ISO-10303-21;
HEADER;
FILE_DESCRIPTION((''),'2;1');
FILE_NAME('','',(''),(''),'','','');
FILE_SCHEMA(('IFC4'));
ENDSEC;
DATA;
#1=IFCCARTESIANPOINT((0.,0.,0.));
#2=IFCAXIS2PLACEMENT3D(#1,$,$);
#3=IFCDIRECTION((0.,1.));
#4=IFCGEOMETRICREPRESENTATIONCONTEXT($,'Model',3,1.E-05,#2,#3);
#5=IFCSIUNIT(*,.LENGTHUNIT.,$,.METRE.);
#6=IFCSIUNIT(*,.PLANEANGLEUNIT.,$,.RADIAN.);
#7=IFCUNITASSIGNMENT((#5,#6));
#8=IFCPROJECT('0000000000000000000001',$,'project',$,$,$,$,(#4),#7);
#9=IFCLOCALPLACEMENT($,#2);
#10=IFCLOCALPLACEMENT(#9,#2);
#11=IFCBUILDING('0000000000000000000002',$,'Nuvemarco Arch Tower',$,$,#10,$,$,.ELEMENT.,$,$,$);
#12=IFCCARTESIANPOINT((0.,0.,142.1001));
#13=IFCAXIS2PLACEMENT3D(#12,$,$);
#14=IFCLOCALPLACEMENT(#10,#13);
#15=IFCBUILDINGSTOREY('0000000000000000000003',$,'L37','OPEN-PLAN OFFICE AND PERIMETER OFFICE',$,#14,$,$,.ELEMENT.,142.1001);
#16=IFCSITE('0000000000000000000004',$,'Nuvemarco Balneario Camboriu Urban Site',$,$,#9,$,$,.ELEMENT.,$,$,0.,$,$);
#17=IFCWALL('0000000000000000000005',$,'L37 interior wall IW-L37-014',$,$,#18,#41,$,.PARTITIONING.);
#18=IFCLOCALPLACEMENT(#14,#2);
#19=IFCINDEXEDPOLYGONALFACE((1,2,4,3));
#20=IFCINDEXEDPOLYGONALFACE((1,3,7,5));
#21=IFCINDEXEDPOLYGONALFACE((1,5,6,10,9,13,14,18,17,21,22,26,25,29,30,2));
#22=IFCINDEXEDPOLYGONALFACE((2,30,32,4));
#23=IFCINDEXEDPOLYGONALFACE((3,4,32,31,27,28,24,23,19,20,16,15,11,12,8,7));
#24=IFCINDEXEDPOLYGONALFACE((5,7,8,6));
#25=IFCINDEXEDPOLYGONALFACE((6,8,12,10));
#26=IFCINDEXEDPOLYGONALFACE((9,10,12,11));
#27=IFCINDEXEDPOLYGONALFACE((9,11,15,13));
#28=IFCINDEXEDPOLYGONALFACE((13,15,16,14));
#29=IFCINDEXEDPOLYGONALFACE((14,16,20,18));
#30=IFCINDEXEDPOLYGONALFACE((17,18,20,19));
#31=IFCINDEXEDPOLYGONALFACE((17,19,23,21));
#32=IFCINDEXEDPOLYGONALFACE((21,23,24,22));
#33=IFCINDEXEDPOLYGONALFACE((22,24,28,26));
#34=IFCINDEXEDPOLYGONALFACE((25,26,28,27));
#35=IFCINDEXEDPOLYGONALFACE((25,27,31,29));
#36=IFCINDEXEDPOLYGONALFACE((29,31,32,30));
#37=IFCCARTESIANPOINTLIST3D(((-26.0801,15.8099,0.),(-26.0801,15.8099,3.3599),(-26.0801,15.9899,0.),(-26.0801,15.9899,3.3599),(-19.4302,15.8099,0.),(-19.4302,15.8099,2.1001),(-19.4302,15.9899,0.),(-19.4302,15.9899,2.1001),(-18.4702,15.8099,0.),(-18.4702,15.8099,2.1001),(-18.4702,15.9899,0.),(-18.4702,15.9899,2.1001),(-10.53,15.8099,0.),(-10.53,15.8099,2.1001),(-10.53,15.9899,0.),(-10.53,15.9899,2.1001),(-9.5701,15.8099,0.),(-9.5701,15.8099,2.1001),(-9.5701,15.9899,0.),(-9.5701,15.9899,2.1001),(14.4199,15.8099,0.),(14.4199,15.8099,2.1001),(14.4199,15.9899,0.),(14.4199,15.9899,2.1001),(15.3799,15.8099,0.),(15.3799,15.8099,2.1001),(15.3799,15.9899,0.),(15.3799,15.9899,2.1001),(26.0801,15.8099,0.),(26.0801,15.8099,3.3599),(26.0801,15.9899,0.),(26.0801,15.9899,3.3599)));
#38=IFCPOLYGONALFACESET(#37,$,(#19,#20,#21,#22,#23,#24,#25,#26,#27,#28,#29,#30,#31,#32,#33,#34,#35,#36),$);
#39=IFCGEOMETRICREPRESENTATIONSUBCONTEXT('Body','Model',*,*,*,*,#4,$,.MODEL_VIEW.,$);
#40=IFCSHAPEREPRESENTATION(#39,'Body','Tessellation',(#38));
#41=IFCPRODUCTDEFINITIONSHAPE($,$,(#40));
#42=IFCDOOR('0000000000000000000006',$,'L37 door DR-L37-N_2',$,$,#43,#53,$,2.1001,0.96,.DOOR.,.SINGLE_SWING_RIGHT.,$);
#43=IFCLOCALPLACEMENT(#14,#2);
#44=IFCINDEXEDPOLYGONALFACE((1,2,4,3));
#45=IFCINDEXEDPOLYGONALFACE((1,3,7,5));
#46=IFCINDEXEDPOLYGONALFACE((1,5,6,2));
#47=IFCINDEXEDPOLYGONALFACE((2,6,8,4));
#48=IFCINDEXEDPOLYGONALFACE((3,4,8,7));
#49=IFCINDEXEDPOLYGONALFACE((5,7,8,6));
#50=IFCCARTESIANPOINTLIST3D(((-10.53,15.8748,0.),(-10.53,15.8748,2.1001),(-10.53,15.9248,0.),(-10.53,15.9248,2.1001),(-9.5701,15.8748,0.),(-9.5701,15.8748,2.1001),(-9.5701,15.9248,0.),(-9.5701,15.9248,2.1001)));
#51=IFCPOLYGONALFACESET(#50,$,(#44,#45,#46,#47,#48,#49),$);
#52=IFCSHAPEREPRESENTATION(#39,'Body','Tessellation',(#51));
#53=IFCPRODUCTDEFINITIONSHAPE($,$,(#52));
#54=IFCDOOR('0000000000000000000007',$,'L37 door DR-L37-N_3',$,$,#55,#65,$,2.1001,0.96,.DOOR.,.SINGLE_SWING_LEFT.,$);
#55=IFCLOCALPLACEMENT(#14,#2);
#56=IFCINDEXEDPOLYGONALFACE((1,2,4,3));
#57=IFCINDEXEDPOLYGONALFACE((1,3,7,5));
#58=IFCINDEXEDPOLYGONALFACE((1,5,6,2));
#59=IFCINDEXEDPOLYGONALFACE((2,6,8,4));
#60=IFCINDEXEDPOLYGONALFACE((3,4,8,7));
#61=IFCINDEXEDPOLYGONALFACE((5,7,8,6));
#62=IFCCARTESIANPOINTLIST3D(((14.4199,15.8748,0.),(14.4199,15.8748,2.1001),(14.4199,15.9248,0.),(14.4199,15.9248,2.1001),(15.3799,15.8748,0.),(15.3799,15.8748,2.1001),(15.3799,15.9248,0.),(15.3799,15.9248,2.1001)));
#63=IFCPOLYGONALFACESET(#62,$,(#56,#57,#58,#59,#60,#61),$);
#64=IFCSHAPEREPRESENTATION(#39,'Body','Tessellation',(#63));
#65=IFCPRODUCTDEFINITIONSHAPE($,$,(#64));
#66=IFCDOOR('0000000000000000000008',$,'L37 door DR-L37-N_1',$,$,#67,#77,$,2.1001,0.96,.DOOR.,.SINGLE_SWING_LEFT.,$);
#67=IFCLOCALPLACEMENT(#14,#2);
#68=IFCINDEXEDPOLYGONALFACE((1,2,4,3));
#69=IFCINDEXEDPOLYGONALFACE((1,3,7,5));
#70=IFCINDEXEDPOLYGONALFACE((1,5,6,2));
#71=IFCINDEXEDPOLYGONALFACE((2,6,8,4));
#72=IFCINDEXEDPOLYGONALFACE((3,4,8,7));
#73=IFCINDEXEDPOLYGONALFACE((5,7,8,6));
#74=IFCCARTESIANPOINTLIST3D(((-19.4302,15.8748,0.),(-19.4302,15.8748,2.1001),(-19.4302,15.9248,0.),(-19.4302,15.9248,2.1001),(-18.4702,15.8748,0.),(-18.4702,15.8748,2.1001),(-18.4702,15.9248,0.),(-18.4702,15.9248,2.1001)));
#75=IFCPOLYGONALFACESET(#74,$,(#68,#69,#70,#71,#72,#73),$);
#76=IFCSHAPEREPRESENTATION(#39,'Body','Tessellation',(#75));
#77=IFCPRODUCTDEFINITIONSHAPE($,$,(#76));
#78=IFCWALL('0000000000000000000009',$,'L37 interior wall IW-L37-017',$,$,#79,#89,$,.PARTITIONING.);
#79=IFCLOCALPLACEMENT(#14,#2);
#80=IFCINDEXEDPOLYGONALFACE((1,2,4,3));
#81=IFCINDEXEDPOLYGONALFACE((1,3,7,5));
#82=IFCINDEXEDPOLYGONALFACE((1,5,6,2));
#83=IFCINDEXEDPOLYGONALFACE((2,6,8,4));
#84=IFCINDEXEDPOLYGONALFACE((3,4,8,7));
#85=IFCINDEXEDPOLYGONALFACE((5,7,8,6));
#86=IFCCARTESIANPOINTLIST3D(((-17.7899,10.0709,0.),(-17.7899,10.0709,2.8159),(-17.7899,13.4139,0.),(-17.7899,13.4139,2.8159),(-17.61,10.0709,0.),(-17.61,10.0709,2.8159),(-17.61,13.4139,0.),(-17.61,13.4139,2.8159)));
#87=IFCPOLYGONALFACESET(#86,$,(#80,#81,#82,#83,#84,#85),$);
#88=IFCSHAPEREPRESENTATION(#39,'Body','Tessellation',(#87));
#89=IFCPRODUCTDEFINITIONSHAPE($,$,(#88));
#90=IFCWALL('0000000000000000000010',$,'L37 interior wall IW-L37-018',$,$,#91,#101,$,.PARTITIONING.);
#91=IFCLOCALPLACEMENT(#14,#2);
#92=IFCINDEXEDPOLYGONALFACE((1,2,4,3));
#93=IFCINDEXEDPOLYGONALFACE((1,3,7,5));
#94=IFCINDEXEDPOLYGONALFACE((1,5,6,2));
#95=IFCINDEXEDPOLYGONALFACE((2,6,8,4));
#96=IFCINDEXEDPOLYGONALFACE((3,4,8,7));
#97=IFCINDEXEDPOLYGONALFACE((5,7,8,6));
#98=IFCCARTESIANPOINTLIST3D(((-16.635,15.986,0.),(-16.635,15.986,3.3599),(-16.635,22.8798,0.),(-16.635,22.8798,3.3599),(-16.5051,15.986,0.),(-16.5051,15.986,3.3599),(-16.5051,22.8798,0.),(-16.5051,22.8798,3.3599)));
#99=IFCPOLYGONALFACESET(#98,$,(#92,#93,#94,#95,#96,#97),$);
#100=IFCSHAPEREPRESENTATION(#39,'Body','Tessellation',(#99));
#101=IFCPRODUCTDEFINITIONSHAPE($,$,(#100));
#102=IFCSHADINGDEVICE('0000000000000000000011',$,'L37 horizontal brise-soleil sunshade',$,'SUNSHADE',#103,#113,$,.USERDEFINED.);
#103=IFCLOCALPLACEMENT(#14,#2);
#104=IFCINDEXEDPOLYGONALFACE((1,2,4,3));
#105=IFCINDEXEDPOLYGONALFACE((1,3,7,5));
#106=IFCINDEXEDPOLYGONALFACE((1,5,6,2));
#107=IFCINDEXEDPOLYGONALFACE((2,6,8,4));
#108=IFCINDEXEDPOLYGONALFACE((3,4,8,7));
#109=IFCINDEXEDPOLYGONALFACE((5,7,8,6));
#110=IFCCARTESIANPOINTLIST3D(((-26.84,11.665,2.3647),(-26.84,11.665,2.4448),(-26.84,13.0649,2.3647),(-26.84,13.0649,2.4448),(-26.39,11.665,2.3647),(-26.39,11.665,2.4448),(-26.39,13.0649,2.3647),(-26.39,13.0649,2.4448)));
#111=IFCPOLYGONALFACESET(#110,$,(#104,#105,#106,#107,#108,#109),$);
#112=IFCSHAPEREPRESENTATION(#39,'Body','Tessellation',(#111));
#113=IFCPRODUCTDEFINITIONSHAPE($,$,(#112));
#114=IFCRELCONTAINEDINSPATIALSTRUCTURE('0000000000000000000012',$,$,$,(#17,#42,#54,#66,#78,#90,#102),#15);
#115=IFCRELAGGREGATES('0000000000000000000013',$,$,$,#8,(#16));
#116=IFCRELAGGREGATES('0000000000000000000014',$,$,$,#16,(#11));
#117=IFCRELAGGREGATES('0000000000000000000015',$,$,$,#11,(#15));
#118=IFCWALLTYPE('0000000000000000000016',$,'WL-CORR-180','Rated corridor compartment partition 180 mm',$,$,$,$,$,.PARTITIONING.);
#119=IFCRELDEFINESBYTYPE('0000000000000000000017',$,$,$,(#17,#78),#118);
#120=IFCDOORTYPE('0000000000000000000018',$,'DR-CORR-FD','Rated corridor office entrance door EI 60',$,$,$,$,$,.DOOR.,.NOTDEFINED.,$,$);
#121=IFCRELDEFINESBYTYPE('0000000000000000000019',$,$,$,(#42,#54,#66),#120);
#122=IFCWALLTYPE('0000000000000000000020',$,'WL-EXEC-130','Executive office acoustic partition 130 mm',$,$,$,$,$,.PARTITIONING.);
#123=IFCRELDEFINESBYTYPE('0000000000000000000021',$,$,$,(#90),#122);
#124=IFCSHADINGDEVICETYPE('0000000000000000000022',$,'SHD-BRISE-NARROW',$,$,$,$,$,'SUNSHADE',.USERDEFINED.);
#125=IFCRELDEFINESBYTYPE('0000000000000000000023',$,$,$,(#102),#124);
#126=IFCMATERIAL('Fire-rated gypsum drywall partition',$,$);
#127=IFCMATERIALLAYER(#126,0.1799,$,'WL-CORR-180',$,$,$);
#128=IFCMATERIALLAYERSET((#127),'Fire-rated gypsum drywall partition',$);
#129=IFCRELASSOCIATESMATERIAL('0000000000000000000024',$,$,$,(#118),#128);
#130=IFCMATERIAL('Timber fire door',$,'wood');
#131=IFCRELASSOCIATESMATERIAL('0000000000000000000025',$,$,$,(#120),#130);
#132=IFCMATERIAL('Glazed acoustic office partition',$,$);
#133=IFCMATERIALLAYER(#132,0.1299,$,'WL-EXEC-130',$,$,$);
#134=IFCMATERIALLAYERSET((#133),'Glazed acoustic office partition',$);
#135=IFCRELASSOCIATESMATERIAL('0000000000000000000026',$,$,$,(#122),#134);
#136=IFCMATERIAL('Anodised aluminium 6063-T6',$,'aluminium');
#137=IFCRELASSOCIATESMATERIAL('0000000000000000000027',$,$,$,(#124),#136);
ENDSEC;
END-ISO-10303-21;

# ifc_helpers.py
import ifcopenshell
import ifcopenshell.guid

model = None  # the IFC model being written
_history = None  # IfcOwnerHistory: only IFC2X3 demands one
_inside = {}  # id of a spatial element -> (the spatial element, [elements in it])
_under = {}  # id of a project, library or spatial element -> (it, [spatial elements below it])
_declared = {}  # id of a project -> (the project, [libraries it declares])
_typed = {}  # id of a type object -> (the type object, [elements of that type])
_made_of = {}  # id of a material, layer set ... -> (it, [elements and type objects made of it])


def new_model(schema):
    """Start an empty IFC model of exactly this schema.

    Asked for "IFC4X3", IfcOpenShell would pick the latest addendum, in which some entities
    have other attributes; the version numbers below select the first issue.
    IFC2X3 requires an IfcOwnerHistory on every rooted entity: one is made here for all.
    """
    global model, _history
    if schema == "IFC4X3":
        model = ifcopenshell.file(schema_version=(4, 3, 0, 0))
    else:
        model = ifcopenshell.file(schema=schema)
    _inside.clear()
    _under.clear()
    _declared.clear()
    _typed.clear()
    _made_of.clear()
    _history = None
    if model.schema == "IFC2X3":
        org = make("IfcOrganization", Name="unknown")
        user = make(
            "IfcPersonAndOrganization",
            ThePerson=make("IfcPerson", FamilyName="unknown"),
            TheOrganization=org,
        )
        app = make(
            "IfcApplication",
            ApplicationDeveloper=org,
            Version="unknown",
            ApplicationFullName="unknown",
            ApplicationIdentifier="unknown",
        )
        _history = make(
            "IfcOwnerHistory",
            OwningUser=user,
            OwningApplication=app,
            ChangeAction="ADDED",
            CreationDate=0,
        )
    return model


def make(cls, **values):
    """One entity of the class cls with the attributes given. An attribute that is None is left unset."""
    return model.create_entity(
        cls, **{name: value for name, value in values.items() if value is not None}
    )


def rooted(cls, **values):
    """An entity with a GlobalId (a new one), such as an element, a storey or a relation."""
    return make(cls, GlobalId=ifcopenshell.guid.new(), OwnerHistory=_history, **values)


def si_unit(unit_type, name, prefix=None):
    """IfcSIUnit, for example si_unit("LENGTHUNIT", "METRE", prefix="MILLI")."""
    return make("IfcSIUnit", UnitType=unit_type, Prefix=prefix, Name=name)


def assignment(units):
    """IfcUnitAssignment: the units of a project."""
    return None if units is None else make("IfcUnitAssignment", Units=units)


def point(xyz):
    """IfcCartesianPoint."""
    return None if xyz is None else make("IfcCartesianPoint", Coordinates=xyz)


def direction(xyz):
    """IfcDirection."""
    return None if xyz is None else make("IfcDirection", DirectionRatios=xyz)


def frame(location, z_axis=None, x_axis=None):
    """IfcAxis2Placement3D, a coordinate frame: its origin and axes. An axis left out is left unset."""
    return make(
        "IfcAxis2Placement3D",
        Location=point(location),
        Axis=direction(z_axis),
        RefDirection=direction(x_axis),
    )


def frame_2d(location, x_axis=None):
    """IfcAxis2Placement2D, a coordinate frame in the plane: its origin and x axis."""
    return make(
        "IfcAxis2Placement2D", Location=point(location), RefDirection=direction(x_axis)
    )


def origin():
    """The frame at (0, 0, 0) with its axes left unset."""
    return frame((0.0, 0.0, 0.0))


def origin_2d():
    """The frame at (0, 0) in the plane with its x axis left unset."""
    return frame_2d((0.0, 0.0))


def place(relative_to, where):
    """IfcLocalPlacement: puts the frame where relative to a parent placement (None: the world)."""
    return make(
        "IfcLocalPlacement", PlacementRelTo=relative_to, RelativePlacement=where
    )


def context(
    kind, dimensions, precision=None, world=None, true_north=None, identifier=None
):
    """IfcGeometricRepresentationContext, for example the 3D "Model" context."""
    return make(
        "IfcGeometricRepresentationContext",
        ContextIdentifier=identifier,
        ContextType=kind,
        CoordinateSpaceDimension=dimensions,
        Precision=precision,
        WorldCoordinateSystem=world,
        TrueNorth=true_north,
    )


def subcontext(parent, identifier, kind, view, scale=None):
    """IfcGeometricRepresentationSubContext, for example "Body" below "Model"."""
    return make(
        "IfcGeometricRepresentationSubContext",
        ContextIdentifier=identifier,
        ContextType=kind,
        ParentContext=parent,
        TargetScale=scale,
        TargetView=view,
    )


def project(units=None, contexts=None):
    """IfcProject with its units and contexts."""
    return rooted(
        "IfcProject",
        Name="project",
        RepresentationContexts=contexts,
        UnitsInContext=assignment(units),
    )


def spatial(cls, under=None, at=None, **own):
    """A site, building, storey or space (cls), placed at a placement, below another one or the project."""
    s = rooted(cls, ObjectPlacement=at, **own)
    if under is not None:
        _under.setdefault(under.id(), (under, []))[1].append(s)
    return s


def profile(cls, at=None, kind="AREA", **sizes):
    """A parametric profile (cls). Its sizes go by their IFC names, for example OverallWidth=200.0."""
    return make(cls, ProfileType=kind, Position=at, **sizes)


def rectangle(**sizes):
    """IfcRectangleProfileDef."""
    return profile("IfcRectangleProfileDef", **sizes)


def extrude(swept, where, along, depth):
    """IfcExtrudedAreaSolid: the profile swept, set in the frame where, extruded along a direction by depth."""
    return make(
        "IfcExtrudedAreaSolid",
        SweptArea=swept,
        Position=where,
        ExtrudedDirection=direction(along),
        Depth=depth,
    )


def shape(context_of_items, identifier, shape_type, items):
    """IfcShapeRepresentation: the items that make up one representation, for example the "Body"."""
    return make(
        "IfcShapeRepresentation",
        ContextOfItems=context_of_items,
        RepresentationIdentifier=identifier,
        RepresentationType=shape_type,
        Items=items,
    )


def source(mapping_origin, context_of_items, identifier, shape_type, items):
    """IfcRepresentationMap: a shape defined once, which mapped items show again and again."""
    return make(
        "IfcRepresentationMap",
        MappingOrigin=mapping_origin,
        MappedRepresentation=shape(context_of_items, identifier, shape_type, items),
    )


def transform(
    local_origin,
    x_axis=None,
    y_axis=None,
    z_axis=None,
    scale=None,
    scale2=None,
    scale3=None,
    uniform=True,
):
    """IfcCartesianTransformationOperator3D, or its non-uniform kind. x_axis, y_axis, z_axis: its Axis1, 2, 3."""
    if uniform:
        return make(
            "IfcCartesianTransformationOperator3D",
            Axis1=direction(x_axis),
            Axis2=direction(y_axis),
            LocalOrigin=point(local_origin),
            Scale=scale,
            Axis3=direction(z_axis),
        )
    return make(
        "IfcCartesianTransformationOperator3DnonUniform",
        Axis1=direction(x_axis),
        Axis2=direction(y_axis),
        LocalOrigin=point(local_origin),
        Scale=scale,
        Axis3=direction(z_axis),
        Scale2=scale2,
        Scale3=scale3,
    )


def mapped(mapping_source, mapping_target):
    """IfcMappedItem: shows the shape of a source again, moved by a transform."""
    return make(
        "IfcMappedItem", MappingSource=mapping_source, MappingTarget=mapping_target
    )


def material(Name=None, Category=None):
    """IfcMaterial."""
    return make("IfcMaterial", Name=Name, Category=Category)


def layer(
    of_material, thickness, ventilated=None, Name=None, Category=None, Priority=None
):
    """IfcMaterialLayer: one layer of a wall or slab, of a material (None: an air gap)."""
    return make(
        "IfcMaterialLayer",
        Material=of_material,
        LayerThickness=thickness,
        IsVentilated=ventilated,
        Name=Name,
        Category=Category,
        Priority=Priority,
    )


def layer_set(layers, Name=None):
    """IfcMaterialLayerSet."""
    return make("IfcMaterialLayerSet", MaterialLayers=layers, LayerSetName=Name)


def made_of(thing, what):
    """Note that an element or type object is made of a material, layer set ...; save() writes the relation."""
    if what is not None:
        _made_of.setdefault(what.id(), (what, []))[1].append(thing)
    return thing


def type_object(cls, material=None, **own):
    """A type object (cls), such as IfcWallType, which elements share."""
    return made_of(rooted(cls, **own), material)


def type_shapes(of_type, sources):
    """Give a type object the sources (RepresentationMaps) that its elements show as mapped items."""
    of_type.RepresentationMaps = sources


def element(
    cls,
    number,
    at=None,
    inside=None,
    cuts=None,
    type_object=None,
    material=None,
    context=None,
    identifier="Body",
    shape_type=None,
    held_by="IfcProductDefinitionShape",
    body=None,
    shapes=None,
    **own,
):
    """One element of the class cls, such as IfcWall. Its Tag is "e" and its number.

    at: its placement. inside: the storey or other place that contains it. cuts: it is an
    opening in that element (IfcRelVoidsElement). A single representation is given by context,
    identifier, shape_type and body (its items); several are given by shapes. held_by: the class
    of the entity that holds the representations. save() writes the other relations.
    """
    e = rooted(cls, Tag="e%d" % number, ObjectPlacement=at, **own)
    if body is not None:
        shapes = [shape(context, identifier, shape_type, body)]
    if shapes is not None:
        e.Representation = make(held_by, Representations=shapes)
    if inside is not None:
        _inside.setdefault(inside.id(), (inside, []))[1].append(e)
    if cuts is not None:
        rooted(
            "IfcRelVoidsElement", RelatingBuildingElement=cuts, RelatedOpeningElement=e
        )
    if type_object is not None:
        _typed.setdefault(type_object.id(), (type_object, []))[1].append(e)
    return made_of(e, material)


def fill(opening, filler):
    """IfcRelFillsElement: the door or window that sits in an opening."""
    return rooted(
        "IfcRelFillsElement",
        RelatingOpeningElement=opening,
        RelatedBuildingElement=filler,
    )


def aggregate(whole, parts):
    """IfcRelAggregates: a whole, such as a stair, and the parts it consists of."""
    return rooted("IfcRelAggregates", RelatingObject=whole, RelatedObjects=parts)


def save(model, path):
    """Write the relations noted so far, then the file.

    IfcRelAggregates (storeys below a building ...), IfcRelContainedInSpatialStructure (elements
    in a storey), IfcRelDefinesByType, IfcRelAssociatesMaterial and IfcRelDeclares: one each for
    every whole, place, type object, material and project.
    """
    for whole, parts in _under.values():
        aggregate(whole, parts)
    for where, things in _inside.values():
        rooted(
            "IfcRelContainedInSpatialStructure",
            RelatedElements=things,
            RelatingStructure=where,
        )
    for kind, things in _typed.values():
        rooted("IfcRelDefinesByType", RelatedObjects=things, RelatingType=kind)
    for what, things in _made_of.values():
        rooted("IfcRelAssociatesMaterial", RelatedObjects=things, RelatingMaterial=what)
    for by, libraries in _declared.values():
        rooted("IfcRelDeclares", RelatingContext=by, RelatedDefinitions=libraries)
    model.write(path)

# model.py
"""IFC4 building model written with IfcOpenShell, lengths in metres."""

from ifc_helpers import new_model, si_unit, direction, frame, frame_2d, origin, origin_2d, place, context, subcontext, project, spatial, rectangle, extrude, source, transform, mapped, material, layer, layer_set, type_object, type_shapes, element, fill, save


model = new_model("IFC4")

# Units and contexts
model_context = context("Model", 3, precision=1e-05, world=origin(), true_north=direction((0.0, 1.0)))
body_context = subcontext(model_context, "Body", "Model", "MODEL_VIEW")
ifc_project = project(units=[si_unit("LENGTHUNIT", "METRE"), si_unit("PLANEANGLEUNIT", "RADIAN")], contexts=[model_context])

# Site, building, storey
site_placement = place(None, origin())
site = spatial("IfcSite", under=ifc_project, at=site_placement, Name="Nuvemarco Balneario Camboriu Urban Site", CompositionType="ELEMENT", RefElevation=0.0)
building_placement = place(site_placement, origin())
building = spatial("IfcBuilding", under=site, at=building_placement, Name="Nuvemarco Arch Tower", CompositionType="ELEMENT")
storey_placement = place(building_placement, frame((0.0, 0.0, 142.1001)))
storey = spatial("IfcBuildingStorey", under=building, at=storey_placement, Name="L37", Description="OPEN-PLAN OFFICE AND PERIMETER OFFICE", CompositionType="ELEMENT", Elevation=142.1001)

# Wall, openings, doors
ifc_material_1 = material(Name="Fire-rated gypsum drywall partition")
ifc_layer_1 = layer(ifc_material_1, 0.1799, Name="WL-CORR-180")
ifc_layer_set_1 = layer_set([ifc_layer_1], Name="Fire-rated gypsum drywall partition")
wall_type_1 = type_object("IfcWallType", Name="WL-CORR-180", Description="Rated corridor compartment partition 180 mm", PredefinedType="PARTITIONING", material=ifc_layer_set_1)
ifc_material_2 = material(Name="Timber fire door", Category="wood")
door_type_1 = type_object("IfcDoorType", Name="DR-CORR-FD", Description="Rated corridor office entrance door EI 60", OperationType="NOTDEFINED", PredefinedType="DOOR", material=ifc_material_2)
shared_shape_1 = source(origin(), body_context, "Body", "SweptSolid", [
    extrude(rectangle(XDim=0.96, YDim=2.1001, at=frame_2d((0.48, 1.05))), frame((0.0, 0.0249, 0.0), z_axis=(0.0, -1.0, 0.0), x_axis=(1.0, 0.0, 0.0)), (0.0, 0.0, 1.0), 0.05),
])
type_shapes(door_type_1, [shared_shape_1])
wall_1_placement = place(storey_placement, frame((-26.0801, 15.8999, 0.0), z_axis=(0.0, 0.0, 1.0), x_axis=(1.0, 0.0, 0.0)))
wall_1 = element("IfcWall", 1, at=wall_1_placement, inside=storey, type_object=wall_type_1, Name="L37 interior wall IW-L37-014", PredefinedType="PARTITIONING", context=body_context, shape_type="SweptSolid", body=[
    extrude(rectangle(XDim=52.1602, YDim=0.1799, at=frame_2d((26.0801, 0.0))), origin(), (0.0, 0.0, 1.0), 3.3599),
])
opening_1_placement = place(wall_1_placement, frame((15.55, 0.0, 0.0)))
opening_1 = element("IfcOpeningElement", 2, at=opening_1_placement, cuts=wall_1, PredefinedType="OPENING", context=body_context, shape_type="SweptSolid", body=[
    extrude(rectangle(XDim=0.96, YDim=2.1001, at=frame_2d((0.48, 1.05))), frame((0.0, 0.0999, 0.0), z_axis=(0.0, -1.0, 0.0), x_axis=(1.0, 0.0, 0.0)), (0.0, 0.0, 1.0), 0.2),
])
opening_2_placement = place(wall_1_placement, frame((40.5, 0.0, 0.0)))
opening_2 = element("IfcOpeningElement", 3, at=opening_2_placement, cuts=wall_1, PredefinedType="OPENING", context=body_context, shape_type="SweptSolid", body=[
    extrude(rectangle(XDim=0.96, YDim=2.1001, at=frame_2d((0.48, 1.05))), frame((0.0, 0.0999, 0.0), z_axis=(0.0, -1.0, 0.0), x_axis=(1.0, 0.0, 0.0)), (0.0, 0.0, 1.0), 0.2),
])
opening_3_placement = place(wall_1_placement, frame((6.6499, 0.0, 0.0)))
opening_3 = element("IfcOpeningElement", 4, at=opening_3_placement, cuts=wall_1, PredefinedType="OPENING", context=body_context, shape_type="SweptSolid", body=[
    extrude(rectangle(XDim=0.96, YDim=2.1001, at=frame_2d((0.48, 1.05))), frame((0.0, 0.0999, 0.0), z_axis=(0.0, -1.0, 0.0), x_axis=(1.0, 0.0, 0.0)), (0.0, 0.0, 1.0), 0.2),
])
door_1_placement = place(opening_1_placement, origin())
door_1 = element("IfcDoor", 5, at=door_1_placement, inside=storey, type_object=door_type_1, Name="L37 door DR-L37-N_2", OperationType="SINGLE_SWING_RIGHT", OverallHeight=2.1001, OverallWidth=0.96, PredefinedType="DOOR", context=body_context, shape_type="MappedRepresentation", body=[
    mapped(shared_shape_1, transform((0.0, 0.0, 0.0), scale=1.0)),
])
fill(opening_1, door_1)
door_2_placement = place(opening_2_placement, origin())
door_2 = element("IfcDoor", 6, at=door_2_placement, inside=storey, type_object=door_type_1, Name="L37 door DR-L37-N_3", OperationType="SINGLE_SWING_LEFT", OverallHeight=2.1001, OverallWidth=0.96, PredefinedType="DOOR", context=body_context, shape_type="MappedRepresentation", body=[
    mapped(shared_shape_1, transform((0.0, 0.0, 0.0), scale=1.0)),
])
fill(opening_2, door_2)
door_3_placement = place(opening_3_placement, origin())
door_3 = element("IfcDoor", 7, at=door_3_placement, inside=storey, type_object=door_type_1, Name="L37 door DR-L37-N_1", OperationType="SINGLE_SWING_LEFT", OverallHeight=2.1001, OverallWidth=0.96, PredefinedType="DOOR", context=body_context, shape_type="MappedRepresentation", body=[
    mapped(shared_shape_1, transform((0.0, 0.0, 0.0), scale=1.0)),
])
fill(opening_3, door_3)

# Walls
wall_2_placement = place(storey_placement, frame((-17.7, 10.071, 0.0), z_axis=(0.0, 0.0, 1.0), x_axis=(0.0, 1.0, 0.0)))
element("IfcWall", 8, at=wall_2_placement, inside=storey, type_object=wall_type_1, Name="L37 interior wall IW-L37-017", PredefinedType="PARTITIONING", context=body_context, shape_type="SweptSolid", body=[
    extrude(rectangle(XDim=3.343, YDim=0.1799, at=frame_2d((1.6714, 0.0))), origin(), (0.0, 0.0, 1.0), 2.8159),
])
ifc_material_3 = material(Name="Glazed acoustic office partition")
ifc_layer_2 = layer(ifc_material_3, 0.1299, Name="WL-EXEC-130")
ifc_layer_set_2 = layer_set([ifc_layer_2], Name="Glazed acoustic office partition")
wall_type_2 = type_object("IfcWallType", Name="WL-EXEC-130", Description="Executive office acoustic partition 130 mm", PredefinedType="PARTITIONING", material=ifc_layer_set_2)
wall_3_placement = place(storey_placement, frame((-16.5701, 15.9861, 0.0), z_axis=(0.0, 0.0, 1.0), x_axis=(0.0, 1.0, 0.0)))
element("IfcWall", 9, at=wall_3_placement, inside=storey, type_object=wall_type_2, Name="L37 interior wall IW-L37-018", PredefinedType="PARTITIONING", context=body_context, shape_type="SweptSolid", body=[
    extrude(rectangle(XDim=6.8938, YDim=0.1299, at=frame_2d((3.4468, 0.0))), origin(), (0.0, 0.0, 1.0), 3.3599),
])

# Shading device
ifc_material_4 = material(Name="Anodised aluminium 6063-T6", Category="aluminium")
shading_device_type = type_object("IfcShadingDeviceType", Name="SHD-BRISE-NARROW", ElementType="SUNSHADE", PredefinedType="USERDEFINED", material=ifc_material_4)
shared_shape_2 = source(origin(), body_context, "Body", "SweptSolid", [
    extrude(rectangle(XDim=1.3999, YDim=0.45, at=origin_2d()), origin(), (0.0, 0.0, 1.0), 0.0801),
])
type_shapes(shading_device_type, [shared_shape_2])
shading_device_placement = place(storey_placement, frame((-26.615, 12.365, 2.3647), z_axis=(0.0, 0.0, 1.0), x_axis=(0.0, 1.0, 0.0)))
element("IfcShadingDevice", 10, at=shading_device_placement, inside=storey, type_object=shading_device_type, Name="L37 horizontal brise-soleil sunshade", ObjectType="SUNSHADE", PredefinedType="USERDEFINED", context=body_context, shape_type="MappedRepresentation", body=[
    mapped(shared_shape_2, transform((0.0, 0.0, 0.0), scale=1.0)),
])

save(model, "model.ifc")
